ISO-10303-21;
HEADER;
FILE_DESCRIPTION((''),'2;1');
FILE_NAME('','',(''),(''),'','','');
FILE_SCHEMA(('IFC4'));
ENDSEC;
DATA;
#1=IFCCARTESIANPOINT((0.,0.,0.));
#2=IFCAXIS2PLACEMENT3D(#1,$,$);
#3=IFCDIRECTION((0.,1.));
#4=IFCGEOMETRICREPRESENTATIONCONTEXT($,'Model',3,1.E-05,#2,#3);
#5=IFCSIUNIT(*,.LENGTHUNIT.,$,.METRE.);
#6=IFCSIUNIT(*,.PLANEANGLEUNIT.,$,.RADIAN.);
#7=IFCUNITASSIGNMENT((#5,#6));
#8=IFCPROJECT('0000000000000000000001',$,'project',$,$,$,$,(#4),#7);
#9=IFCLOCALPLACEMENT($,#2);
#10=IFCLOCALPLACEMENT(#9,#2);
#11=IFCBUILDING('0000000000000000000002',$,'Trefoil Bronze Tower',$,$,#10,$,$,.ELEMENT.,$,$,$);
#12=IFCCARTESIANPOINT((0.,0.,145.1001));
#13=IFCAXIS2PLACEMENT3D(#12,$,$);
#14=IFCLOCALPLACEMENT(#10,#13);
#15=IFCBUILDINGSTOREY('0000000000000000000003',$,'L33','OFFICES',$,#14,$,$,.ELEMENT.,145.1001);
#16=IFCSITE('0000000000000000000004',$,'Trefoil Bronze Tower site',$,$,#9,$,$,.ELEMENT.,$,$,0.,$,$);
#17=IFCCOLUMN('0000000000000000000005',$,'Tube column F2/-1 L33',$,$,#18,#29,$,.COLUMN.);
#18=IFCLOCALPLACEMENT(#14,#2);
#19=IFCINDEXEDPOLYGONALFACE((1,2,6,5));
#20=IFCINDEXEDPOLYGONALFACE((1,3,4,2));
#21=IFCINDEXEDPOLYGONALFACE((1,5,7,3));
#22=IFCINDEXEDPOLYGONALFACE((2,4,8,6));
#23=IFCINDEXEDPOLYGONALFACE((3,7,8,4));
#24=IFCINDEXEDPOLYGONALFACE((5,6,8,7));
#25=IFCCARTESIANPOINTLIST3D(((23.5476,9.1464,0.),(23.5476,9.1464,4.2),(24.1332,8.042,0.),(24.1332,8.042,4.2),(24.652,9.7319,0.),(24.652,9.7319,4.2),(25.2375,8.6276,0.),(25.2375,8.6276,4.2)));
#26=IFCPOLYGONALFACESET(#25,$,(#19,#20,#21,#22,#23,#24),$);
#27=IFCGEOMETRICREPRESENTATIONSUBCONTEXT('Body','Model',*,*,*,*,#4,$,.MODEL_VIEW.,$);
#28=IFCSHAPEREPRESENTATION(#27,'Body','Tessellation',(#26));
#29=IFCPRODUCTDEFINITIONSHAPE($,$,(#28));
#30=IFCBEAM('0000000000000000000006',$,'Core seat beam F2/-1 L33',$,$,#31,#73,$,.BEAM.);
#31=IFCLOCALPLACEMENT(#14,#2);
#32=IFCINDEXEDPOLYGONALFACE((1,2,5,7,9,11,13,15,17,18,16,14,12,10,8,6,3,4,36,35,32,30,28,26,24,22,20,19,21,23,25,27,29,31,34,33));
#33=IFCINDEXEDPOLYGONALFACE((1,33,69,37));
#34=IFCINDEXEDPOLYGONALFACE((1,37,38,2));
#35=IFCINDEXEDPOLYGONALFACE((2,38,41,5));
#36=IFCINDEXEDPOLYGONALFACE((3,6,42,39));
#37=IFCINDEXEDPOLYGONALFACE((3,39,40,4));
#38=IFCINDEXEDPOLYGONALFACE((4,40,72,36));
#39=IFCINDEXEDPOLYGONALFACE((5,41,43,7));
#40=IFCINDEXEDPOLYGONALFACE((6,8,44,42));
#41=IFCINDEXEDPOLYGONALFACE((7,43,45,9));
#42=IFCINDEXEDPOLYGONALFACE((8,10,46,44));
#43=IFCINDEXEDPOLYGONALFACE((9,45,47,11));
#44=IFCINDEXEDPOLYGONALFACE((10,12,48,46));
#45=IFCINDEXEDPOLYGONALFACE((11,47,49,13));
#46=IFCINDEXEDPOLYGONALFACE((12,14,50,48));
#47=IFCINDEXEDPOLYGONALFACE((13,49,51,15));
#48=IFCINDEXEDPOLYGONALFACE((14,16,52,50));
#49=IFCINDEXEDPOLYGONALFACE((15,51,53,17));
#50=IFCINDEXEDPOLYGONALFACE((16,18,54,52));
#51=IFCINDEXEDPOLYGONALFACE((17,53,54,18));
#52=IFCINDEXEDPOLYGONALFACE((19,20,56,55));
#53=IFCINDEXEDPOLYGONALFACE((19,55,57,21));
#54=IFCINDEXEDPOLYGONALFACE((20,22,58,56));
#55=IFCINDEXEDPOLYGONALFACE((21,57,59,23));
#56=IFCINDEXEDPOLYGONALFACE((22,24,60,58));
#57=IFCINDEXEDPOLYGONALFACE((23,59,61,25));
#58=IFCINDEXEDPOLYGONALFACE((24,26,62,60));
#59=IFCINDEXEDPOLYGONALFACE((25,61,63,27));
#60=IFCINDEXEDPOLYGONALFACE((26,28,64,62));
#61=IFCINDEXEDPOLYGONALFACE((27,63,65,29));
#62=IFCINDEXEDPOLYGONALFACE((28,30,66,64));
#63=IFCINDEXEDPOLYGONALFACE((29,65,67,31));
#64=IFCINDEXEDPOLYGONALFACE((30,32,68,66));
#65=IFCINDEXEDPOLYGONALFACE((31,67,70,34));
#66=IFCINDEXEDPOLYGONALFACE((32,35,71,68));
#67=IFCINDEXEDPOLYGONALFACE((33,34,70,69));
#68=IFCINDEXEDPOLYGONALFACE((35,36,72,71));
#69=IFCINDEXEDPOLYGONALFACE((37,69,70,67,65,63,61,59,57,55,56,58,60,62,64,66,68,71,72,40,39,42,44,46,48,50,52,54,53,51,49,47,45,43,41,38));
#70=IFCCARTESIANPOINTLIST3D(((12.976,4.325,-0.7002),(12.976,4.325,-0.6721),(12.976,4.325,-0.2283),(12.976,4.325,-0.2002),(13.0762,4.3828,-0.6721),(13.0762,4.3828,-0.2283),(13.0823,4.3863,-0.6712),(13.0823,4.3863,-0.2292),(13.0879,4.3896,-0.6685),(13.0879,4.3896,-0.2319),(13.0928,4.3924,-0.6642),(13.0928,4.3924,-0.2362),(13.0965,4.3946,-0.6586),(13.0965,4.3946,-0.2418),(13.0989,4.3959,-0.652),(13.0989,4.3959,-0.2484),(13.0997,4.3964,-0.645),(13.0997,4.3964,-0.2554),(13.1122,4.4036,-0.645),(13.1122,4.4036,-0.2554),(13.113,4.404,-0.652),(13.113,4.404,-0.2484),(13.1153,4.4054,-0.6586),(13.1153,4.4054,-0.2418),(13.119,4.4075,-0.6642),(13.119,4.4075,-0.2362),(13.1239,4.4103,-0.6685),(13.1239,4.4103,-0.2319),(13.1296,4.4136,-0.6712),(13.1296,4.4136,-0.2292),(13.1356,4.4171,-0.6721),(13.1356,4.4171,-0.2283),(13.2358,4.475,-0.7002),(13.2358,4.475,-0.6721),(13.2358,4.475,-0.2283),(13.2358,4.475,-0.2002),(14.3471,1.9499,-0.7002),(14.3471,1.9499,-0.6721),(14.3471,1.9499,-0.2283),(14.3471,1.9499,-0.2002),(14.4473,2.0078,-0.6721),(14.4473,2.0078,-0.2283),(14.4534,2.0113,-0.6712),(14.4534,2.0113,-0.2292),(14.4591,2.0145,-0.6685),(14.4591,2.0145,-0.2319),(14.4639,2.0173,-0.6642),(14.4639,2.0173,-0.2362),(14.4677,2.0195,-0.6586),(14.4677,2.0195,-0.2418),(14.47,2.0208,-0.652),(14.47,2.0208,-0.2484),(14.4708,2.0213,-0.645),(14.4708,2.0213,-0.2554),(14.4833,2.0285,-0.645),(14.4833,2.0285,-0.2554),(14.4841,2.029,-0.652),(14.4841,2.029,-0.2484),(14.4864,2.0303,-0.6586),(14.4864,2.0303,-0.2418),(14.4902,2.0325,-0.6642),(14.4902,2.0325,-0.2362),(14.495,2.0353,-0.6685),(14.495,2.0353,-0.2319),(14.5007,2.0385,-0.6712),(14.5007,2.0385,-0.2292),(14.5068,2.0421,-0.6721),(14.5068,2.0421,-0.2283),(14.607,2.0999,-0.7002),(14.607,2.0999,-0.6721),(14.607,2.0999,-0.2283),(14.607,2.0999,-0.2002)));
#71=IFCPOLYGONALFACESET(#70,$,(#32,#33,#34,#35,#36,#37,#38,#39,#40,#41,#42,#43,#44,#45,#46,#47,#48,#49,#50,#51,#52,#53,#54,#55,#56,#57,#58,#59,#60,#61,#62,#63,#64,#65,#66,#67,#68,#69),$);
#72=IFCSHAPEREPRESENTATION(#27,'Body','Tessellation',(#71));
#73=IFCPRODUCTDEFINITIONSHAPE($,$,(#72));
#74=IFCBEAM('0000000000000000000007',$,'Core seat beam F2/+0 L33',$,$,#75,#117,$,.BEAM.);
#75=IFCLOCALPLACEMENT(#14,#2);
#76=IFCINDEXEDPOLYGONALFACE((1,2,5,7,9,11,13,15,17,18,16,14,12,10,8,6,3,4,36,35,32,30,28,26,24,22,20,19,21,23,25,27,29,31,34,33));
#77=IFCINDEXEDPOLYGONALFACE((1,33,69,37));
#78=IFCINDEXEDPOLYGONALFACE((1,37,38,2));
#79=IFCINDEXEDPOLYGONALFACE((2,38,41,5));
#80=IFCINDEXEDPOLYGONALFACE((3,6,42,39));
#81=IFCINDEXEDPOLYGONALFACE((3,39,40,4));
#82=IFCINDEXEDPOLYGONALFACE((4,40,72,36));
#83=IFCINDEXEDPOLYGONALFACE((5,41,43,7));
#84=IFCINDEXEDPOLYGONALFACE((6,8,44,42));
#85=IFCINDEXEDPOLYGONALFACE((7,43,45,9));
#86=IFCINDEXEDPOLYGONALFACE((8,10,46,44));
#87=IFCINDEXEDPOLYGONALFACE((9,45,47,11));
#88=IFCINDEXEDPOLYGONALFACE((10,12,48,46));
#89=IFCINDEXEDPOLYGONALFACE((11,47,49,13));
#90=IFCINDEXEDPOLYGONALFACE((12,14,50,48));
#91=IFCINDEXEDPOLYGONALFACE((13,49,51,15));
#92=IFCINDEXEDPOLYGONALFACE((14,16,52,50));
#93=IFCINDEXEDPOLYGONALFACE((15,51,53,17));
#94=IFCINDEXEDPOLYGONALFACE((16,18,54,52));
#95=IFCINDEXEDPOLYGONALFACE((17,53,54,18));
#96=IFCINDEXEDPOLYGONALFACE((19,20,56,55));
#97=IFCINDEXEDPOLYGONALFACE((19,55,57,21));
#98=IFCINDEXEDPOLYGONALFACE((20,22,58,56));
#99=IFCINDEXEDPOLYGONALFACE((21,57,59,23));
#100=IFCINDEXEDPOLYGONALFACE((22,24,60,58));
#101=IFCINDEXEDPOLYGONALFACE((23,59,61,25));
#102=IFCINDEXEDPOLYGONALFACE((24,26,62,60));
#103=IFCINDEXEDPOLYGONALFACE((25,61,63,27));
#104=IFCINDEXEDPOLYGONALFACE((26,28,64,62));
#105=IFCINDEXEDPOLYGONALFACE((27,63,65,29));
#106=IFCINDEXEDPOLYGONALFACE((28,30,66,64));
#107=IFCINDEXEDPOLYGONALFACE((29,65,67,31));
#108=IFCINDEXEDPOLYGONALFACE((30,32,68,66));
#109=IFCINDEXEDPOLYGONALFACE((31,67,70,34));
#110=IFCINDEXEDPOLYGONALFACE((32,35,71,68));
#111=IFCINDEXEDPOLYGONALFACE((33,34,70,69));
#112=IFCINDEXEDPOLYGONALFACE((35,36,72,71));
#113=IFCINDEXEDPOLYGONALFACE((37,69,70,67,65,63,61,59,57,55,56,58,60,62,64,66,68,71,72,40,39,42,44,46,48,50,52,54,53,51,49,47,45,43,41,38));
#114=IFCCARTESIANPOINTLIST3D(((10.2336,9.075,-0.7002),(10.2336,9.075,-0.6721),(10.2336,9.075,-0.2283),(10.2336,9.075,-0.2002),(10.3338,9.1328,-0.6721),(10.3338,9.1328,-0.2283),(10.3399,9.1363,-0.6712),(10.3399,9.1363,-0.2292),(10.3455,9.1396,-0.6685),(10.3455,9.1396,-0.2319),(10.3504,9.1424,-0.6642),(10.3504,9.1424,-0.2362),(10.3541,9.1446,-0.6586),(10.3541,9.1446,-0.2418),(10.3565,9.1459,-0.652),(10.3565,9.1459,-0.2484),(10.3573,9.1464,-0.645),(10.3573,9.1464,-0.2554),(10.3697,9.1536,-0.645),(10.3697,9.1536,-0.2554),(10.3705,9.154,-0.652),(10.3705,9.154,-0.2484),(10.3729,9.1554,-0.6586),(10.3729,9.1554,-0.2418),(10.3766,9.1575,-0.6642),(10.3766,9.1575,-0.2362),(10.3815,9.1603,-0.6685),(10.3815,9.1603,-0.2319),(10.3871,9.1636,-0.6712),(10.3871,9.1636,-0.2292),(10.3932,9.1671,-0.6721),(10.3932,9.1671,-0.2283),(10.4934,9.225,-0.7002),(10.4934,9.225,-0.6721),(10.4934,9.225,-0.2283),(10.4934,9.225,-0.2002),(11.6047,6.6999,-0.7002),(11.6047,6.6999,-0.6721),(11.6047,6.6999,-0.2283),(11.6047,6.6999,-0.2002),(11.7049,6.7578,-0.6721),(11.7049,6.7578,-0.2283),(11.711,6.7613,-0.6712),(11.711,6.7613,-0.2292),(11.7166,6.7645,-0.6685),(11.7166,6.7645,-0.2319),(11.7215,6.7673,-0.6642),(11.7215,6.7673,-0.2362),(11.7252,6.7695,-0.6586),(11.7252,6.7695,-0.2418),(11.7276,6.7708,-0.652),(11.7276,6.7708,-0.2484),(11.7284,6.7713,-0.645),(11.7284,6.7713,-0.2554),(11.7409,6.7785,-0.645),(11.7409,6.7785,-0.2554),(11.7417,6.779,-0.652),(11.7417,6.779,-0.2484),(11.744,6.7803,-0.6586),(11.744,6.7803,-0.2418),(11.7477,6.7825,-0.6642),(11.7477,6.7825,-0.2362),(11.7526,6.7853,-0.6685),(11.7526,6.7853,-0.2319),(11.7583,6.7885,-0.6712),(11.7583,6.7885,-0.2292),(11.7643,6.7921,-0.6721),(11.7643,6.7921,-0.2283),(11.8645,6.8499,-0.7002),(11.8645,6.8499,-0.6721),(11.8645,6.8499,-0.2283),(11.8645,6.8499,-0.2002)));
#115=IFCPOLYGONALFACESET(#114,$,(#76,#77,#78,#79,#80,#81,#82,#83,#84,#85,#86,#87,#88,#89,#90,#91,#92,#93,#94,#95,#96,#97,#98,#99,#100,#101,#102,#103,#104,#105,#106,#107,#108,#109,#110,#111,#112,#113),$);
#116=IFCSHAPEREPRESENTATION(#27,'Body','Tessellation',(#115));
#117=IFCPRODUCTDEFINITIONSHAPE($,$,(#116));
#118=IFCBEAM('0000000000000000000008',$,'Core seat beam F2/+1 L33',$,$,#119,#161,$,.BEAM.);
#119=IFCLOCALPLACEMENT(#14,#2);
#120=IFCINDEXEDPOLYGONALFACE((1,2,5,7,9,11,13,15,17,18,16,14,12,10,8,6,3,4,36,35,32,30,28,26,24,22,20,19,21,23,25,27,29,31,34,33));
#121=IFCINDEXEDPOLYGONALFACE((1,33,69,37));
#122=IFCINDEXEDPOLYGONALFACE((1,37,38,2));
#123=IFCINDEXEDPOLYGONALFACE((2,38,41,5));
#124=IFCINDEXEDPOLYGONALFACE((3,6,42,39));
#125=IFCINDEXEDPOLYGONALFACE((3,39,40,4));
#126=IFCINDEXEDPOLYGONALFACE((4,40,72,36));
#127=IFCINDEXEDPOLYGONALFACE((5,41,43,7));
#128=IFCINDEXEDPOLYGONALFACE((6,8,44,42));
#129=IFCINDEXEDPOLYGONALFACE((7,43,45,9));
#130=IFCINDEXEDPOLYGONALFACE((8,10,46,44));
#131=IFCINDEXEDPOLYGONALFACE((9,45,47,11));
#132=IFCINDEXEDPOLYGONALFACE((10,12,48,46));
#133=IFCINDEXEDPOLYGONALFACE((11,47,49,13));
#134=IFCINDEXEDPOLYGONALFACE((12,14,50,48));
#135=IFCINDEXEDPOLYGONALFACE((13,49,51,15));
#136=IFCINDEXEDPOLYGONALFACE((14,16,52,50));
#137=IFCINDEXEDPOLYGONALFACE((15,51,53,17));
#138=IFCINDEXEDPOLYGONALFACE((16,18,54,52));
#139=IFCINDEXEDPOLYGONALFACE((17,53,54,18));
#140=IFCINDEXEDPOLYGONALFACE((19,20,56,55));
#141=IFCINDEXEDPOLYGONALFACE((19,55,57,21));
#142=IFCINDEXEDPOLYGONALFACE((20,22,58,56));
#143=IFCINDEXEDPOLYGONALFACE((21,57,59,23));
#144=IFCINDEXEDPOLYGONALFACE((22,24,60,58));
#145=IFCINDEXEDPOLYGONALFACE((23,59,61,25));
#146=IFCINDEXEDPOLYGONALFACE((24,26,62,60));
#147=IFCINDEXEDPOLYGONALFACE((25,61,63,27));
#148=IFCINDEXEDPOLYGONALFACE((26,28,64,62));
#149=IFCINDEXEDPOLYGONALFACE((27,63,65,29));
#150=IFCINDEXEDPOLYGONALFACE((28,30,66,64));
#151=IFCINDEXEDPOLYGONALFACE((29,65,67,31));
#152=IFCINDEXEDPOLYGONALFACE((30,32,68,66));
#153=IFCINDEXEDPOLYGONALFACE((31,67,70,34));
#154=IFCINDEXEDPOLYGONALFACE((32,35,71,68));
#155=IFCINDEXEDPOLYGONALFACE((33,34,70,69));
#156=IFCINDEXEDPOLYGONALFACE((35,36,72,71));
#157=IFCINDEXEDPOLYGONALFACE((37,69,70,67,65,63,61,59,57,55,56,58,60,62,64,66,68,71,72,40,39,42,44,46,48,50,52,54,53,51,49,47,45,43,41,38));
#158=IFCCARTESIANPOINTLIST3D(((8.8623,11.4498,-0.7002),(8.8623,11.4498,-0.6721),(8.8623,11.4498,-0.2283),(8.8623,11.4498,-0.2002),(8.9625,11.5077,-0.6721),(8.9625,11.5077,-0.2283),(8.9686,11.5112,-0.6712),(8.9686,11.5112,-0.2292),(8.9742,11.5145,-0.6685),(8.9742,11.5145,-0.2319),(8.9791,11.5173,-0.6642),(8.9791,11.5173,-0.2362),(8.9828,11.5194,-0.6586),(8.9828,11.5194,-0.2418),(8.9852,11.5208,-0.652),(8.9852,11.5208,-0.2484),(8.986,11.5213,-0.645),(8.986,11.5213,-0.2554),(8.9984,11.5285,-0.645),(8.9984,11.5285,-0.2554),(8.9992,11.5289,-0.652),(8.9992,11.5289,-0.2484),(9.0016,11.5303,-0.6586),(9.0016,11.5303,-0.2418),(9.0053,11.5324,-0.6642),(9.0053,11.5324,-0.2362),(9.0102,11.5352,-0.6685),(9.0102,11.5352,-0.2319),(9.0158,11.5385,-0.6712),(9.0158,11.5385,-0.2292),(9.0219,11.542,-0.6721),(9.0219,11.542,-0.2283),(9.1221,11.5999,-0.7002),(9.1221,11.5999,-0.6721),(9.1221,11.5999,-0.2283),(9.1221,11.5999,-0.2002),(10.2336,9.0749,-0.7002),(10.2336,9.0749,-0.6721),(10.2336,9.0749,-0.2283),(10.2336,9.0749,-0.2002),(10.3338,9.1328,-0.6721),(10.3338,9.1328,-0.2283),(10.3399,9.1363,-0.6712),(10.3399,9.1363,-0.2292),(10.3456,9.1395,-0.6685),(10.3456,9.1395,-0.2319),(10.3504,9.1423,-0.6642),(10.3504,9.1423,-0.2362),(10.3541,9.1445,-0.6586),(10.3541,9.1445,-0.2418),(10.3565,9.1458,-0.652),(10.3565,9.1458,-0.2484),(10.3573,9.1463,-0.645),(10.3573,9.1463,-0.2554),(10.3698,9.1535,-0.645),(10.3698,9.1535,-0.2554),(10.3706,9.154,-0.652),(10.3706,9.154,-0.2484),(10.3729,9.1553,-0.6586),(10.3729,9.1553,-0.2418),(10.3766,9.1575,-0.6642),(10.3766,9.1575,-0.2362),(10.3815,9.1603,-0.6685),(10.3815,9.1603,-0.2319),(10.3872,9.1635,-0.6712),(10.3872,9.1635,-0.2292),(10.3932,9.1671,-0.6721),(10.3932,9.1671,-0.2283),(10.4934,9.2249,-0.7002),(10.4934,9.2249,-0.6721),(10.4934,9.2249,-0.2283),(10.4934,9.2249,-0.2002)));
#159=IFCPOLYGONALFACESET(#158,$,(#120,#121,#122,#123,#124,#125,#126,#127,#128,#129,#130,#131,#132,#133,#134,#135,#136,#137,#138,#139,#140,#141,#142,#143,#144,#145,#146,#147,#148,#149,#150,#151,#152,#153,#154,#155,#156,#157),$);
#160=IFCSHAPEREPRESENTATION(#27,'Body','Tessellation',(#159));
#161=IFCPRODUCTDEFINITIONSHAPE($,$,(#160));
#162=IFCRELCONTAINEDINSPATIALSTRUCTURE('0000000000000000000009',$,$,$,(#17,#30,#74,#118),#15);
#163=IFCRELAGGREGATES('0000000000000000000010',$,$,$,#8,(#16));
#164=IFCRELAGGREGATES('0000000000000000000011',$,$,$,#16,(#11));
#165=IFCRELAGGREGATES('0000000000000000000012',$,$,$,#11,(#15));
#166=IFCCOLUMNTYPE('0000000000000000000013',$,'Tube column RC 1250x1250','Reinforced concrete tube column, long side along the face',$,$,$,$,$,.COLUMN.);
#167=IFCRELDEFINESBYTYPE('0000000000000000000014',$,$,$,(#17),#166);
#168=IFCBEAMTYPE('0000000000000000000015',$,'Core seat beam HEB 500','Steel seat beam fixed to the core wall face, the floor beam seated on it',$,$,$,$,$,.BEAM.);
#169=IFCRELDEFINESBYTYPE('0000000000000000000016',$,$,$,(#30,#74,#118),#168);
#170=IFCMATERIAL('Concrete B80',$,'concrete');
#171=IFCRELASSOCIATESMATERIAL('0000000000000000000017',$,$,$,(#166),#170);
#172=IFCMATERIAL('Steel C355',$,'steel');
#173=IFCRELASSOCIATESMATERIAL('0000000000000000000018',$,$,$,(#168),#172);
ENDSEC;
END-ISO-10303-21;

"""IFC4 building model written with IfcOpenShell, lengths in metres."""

from ifc_helpers import new_model, si_unit, direction, frame, origin, origin_2d, place, context, subcontext, project, spatial, rectangle, i_section, extrude, material, material_profile, profile_set, type_object, element, save


model = new_model("IFC4")

# Units and contexts
model_context = context("Model", 3, precision=1e-05, world=origin(), true_north=direction((0.0, 1.0)))
body_context = subcontext(model_context, "Body", "Model", "MODEL_VIEW")
ifc_project = project(units=[si_unit("LENGTHUNIT", "METRE"), si_unit("PLANEANGLEUNIT", "RADIAN")], contexts=[model_context])

# Site, building, storey
site_placement = place(None, origin())
site = spatial("IfcSite", under=ifc_project, at=site_placement, Name="Trefoil Bronze Tower site", CompositionType="ELEMENT", RefElevation=0.0)
building_placement = place(site_placement, origin())
building = spatial("IfcBuilding", under=site, at=building_placement, Name="Trefoil Bronze Tower", CompositionType="ELEMENT")
storey_placement = place(building_placement, frame((0.0, 0.0, 145.1001)))
storey = spatial("IfcBuildingStorey", under=building, at=storey_placement, Name="L33", Description="OFFICES", CompositionType="ELEMENT", Elevation=145.1001)

# Column
ifc_material_1 = material(Name="Concrete B80", Category="concrete")
ifc_material_profile_1 = material_profile(ifc_material_1, rectangle(XDim=1.25, YDim=1.25, at=origin_2d()), Name="RC 1250x1250")
ifc_profile_set_1 = profile_set([ifc_material_profile_1], Name="Concrete B80")
column_type = type_object("IfcColumnType", Name="Tube column RC 1250x1250", Description="Reinforced concrete tube column, long side along the face", PredefinedType="COLUMN", material=ifc_profile_set_1)
column_placement = place(storey_placement, frame((24.3926, 8.887, 0.0), z_axis=(0.0, 0.0, 1.0), x_axis=(-0.468457, 0.883486, 0.0)))
element("IfcColumn", 1, at=column_placement, inside=storey, type_object=column_type, Name="Tube column F2/-1 L33", PredefinedType="COLUMN", context=body_context, shape_type="SweptSolid", body=[
    extrude(rectangle(XDim=1.25, YDim=1.25, at=origin_2d()), origin(), (0.0, 0.0, 1.0), 4.2),
])

# Beams
ifc_material_2 = material(Name="Steel C355", Category="steel")
ifc_material_profile_2 = material_profile(ifc_material_2, i_section(OverallWidth=0.3, OverallDepth=0.5, WebThickness=0.0144, FlangeThickness=0.0281, FilletRadius=0.0271, at=origin_2d()), Name="HEB 500")
ifc_profile_set_2 = profile_set([ifc_material_profile_2], Name="Steel C355")
beam_type_1 = type_object("IfcBeamType", Name="Core seat beam HEB 500", Description="Steel seat beam fixed to the core wall face, the floor beam seated on it", PredefinedType="BEAM", material=ifc_profile_set_2)
for number, where, z_axis, x_axis, name in (
    (2, (14.4771, 2.0249, -0.4502), (-0.499969, 0.866043, 0.0), (-0.866043, -0.499969, 0.0), "Core seat beam F2/-1 L33"),
    (3, (11.7346, 6.7749, -0.4502), (-0.499969, 0.866043, 0.0), (-0.866043, -0.499969, 0.0), "Core seat beam F2/+0 L33"),
    (4, (10.3635, 9.1499, -0.4502), (-0.500036, 0.866005, 0.0), (-0.866005, -0.500036, 0.0), "Core seat beam F2/+1 L33"),
):
    element("IfcBeam", number, at=place(storey_placement, frame(where, z_axis=z_axis, x_axis=x_axis)), inside=storey, type_object=beam_type_1, Name=name, PredefinedType="BEAM", context=body_context, shape_type="SweptSolid", body=[
        extrude(i_section(OverallWidth=0.3, OverallDepth=0.5, WebThickness=0.0144, FlangeThickness=0.0281, FilletRadius=0.0271, at=origin_2d()), origin(), (0.0, 0.0, 1.0), 2.7424),
    ])

save(model, "model.ifc")
